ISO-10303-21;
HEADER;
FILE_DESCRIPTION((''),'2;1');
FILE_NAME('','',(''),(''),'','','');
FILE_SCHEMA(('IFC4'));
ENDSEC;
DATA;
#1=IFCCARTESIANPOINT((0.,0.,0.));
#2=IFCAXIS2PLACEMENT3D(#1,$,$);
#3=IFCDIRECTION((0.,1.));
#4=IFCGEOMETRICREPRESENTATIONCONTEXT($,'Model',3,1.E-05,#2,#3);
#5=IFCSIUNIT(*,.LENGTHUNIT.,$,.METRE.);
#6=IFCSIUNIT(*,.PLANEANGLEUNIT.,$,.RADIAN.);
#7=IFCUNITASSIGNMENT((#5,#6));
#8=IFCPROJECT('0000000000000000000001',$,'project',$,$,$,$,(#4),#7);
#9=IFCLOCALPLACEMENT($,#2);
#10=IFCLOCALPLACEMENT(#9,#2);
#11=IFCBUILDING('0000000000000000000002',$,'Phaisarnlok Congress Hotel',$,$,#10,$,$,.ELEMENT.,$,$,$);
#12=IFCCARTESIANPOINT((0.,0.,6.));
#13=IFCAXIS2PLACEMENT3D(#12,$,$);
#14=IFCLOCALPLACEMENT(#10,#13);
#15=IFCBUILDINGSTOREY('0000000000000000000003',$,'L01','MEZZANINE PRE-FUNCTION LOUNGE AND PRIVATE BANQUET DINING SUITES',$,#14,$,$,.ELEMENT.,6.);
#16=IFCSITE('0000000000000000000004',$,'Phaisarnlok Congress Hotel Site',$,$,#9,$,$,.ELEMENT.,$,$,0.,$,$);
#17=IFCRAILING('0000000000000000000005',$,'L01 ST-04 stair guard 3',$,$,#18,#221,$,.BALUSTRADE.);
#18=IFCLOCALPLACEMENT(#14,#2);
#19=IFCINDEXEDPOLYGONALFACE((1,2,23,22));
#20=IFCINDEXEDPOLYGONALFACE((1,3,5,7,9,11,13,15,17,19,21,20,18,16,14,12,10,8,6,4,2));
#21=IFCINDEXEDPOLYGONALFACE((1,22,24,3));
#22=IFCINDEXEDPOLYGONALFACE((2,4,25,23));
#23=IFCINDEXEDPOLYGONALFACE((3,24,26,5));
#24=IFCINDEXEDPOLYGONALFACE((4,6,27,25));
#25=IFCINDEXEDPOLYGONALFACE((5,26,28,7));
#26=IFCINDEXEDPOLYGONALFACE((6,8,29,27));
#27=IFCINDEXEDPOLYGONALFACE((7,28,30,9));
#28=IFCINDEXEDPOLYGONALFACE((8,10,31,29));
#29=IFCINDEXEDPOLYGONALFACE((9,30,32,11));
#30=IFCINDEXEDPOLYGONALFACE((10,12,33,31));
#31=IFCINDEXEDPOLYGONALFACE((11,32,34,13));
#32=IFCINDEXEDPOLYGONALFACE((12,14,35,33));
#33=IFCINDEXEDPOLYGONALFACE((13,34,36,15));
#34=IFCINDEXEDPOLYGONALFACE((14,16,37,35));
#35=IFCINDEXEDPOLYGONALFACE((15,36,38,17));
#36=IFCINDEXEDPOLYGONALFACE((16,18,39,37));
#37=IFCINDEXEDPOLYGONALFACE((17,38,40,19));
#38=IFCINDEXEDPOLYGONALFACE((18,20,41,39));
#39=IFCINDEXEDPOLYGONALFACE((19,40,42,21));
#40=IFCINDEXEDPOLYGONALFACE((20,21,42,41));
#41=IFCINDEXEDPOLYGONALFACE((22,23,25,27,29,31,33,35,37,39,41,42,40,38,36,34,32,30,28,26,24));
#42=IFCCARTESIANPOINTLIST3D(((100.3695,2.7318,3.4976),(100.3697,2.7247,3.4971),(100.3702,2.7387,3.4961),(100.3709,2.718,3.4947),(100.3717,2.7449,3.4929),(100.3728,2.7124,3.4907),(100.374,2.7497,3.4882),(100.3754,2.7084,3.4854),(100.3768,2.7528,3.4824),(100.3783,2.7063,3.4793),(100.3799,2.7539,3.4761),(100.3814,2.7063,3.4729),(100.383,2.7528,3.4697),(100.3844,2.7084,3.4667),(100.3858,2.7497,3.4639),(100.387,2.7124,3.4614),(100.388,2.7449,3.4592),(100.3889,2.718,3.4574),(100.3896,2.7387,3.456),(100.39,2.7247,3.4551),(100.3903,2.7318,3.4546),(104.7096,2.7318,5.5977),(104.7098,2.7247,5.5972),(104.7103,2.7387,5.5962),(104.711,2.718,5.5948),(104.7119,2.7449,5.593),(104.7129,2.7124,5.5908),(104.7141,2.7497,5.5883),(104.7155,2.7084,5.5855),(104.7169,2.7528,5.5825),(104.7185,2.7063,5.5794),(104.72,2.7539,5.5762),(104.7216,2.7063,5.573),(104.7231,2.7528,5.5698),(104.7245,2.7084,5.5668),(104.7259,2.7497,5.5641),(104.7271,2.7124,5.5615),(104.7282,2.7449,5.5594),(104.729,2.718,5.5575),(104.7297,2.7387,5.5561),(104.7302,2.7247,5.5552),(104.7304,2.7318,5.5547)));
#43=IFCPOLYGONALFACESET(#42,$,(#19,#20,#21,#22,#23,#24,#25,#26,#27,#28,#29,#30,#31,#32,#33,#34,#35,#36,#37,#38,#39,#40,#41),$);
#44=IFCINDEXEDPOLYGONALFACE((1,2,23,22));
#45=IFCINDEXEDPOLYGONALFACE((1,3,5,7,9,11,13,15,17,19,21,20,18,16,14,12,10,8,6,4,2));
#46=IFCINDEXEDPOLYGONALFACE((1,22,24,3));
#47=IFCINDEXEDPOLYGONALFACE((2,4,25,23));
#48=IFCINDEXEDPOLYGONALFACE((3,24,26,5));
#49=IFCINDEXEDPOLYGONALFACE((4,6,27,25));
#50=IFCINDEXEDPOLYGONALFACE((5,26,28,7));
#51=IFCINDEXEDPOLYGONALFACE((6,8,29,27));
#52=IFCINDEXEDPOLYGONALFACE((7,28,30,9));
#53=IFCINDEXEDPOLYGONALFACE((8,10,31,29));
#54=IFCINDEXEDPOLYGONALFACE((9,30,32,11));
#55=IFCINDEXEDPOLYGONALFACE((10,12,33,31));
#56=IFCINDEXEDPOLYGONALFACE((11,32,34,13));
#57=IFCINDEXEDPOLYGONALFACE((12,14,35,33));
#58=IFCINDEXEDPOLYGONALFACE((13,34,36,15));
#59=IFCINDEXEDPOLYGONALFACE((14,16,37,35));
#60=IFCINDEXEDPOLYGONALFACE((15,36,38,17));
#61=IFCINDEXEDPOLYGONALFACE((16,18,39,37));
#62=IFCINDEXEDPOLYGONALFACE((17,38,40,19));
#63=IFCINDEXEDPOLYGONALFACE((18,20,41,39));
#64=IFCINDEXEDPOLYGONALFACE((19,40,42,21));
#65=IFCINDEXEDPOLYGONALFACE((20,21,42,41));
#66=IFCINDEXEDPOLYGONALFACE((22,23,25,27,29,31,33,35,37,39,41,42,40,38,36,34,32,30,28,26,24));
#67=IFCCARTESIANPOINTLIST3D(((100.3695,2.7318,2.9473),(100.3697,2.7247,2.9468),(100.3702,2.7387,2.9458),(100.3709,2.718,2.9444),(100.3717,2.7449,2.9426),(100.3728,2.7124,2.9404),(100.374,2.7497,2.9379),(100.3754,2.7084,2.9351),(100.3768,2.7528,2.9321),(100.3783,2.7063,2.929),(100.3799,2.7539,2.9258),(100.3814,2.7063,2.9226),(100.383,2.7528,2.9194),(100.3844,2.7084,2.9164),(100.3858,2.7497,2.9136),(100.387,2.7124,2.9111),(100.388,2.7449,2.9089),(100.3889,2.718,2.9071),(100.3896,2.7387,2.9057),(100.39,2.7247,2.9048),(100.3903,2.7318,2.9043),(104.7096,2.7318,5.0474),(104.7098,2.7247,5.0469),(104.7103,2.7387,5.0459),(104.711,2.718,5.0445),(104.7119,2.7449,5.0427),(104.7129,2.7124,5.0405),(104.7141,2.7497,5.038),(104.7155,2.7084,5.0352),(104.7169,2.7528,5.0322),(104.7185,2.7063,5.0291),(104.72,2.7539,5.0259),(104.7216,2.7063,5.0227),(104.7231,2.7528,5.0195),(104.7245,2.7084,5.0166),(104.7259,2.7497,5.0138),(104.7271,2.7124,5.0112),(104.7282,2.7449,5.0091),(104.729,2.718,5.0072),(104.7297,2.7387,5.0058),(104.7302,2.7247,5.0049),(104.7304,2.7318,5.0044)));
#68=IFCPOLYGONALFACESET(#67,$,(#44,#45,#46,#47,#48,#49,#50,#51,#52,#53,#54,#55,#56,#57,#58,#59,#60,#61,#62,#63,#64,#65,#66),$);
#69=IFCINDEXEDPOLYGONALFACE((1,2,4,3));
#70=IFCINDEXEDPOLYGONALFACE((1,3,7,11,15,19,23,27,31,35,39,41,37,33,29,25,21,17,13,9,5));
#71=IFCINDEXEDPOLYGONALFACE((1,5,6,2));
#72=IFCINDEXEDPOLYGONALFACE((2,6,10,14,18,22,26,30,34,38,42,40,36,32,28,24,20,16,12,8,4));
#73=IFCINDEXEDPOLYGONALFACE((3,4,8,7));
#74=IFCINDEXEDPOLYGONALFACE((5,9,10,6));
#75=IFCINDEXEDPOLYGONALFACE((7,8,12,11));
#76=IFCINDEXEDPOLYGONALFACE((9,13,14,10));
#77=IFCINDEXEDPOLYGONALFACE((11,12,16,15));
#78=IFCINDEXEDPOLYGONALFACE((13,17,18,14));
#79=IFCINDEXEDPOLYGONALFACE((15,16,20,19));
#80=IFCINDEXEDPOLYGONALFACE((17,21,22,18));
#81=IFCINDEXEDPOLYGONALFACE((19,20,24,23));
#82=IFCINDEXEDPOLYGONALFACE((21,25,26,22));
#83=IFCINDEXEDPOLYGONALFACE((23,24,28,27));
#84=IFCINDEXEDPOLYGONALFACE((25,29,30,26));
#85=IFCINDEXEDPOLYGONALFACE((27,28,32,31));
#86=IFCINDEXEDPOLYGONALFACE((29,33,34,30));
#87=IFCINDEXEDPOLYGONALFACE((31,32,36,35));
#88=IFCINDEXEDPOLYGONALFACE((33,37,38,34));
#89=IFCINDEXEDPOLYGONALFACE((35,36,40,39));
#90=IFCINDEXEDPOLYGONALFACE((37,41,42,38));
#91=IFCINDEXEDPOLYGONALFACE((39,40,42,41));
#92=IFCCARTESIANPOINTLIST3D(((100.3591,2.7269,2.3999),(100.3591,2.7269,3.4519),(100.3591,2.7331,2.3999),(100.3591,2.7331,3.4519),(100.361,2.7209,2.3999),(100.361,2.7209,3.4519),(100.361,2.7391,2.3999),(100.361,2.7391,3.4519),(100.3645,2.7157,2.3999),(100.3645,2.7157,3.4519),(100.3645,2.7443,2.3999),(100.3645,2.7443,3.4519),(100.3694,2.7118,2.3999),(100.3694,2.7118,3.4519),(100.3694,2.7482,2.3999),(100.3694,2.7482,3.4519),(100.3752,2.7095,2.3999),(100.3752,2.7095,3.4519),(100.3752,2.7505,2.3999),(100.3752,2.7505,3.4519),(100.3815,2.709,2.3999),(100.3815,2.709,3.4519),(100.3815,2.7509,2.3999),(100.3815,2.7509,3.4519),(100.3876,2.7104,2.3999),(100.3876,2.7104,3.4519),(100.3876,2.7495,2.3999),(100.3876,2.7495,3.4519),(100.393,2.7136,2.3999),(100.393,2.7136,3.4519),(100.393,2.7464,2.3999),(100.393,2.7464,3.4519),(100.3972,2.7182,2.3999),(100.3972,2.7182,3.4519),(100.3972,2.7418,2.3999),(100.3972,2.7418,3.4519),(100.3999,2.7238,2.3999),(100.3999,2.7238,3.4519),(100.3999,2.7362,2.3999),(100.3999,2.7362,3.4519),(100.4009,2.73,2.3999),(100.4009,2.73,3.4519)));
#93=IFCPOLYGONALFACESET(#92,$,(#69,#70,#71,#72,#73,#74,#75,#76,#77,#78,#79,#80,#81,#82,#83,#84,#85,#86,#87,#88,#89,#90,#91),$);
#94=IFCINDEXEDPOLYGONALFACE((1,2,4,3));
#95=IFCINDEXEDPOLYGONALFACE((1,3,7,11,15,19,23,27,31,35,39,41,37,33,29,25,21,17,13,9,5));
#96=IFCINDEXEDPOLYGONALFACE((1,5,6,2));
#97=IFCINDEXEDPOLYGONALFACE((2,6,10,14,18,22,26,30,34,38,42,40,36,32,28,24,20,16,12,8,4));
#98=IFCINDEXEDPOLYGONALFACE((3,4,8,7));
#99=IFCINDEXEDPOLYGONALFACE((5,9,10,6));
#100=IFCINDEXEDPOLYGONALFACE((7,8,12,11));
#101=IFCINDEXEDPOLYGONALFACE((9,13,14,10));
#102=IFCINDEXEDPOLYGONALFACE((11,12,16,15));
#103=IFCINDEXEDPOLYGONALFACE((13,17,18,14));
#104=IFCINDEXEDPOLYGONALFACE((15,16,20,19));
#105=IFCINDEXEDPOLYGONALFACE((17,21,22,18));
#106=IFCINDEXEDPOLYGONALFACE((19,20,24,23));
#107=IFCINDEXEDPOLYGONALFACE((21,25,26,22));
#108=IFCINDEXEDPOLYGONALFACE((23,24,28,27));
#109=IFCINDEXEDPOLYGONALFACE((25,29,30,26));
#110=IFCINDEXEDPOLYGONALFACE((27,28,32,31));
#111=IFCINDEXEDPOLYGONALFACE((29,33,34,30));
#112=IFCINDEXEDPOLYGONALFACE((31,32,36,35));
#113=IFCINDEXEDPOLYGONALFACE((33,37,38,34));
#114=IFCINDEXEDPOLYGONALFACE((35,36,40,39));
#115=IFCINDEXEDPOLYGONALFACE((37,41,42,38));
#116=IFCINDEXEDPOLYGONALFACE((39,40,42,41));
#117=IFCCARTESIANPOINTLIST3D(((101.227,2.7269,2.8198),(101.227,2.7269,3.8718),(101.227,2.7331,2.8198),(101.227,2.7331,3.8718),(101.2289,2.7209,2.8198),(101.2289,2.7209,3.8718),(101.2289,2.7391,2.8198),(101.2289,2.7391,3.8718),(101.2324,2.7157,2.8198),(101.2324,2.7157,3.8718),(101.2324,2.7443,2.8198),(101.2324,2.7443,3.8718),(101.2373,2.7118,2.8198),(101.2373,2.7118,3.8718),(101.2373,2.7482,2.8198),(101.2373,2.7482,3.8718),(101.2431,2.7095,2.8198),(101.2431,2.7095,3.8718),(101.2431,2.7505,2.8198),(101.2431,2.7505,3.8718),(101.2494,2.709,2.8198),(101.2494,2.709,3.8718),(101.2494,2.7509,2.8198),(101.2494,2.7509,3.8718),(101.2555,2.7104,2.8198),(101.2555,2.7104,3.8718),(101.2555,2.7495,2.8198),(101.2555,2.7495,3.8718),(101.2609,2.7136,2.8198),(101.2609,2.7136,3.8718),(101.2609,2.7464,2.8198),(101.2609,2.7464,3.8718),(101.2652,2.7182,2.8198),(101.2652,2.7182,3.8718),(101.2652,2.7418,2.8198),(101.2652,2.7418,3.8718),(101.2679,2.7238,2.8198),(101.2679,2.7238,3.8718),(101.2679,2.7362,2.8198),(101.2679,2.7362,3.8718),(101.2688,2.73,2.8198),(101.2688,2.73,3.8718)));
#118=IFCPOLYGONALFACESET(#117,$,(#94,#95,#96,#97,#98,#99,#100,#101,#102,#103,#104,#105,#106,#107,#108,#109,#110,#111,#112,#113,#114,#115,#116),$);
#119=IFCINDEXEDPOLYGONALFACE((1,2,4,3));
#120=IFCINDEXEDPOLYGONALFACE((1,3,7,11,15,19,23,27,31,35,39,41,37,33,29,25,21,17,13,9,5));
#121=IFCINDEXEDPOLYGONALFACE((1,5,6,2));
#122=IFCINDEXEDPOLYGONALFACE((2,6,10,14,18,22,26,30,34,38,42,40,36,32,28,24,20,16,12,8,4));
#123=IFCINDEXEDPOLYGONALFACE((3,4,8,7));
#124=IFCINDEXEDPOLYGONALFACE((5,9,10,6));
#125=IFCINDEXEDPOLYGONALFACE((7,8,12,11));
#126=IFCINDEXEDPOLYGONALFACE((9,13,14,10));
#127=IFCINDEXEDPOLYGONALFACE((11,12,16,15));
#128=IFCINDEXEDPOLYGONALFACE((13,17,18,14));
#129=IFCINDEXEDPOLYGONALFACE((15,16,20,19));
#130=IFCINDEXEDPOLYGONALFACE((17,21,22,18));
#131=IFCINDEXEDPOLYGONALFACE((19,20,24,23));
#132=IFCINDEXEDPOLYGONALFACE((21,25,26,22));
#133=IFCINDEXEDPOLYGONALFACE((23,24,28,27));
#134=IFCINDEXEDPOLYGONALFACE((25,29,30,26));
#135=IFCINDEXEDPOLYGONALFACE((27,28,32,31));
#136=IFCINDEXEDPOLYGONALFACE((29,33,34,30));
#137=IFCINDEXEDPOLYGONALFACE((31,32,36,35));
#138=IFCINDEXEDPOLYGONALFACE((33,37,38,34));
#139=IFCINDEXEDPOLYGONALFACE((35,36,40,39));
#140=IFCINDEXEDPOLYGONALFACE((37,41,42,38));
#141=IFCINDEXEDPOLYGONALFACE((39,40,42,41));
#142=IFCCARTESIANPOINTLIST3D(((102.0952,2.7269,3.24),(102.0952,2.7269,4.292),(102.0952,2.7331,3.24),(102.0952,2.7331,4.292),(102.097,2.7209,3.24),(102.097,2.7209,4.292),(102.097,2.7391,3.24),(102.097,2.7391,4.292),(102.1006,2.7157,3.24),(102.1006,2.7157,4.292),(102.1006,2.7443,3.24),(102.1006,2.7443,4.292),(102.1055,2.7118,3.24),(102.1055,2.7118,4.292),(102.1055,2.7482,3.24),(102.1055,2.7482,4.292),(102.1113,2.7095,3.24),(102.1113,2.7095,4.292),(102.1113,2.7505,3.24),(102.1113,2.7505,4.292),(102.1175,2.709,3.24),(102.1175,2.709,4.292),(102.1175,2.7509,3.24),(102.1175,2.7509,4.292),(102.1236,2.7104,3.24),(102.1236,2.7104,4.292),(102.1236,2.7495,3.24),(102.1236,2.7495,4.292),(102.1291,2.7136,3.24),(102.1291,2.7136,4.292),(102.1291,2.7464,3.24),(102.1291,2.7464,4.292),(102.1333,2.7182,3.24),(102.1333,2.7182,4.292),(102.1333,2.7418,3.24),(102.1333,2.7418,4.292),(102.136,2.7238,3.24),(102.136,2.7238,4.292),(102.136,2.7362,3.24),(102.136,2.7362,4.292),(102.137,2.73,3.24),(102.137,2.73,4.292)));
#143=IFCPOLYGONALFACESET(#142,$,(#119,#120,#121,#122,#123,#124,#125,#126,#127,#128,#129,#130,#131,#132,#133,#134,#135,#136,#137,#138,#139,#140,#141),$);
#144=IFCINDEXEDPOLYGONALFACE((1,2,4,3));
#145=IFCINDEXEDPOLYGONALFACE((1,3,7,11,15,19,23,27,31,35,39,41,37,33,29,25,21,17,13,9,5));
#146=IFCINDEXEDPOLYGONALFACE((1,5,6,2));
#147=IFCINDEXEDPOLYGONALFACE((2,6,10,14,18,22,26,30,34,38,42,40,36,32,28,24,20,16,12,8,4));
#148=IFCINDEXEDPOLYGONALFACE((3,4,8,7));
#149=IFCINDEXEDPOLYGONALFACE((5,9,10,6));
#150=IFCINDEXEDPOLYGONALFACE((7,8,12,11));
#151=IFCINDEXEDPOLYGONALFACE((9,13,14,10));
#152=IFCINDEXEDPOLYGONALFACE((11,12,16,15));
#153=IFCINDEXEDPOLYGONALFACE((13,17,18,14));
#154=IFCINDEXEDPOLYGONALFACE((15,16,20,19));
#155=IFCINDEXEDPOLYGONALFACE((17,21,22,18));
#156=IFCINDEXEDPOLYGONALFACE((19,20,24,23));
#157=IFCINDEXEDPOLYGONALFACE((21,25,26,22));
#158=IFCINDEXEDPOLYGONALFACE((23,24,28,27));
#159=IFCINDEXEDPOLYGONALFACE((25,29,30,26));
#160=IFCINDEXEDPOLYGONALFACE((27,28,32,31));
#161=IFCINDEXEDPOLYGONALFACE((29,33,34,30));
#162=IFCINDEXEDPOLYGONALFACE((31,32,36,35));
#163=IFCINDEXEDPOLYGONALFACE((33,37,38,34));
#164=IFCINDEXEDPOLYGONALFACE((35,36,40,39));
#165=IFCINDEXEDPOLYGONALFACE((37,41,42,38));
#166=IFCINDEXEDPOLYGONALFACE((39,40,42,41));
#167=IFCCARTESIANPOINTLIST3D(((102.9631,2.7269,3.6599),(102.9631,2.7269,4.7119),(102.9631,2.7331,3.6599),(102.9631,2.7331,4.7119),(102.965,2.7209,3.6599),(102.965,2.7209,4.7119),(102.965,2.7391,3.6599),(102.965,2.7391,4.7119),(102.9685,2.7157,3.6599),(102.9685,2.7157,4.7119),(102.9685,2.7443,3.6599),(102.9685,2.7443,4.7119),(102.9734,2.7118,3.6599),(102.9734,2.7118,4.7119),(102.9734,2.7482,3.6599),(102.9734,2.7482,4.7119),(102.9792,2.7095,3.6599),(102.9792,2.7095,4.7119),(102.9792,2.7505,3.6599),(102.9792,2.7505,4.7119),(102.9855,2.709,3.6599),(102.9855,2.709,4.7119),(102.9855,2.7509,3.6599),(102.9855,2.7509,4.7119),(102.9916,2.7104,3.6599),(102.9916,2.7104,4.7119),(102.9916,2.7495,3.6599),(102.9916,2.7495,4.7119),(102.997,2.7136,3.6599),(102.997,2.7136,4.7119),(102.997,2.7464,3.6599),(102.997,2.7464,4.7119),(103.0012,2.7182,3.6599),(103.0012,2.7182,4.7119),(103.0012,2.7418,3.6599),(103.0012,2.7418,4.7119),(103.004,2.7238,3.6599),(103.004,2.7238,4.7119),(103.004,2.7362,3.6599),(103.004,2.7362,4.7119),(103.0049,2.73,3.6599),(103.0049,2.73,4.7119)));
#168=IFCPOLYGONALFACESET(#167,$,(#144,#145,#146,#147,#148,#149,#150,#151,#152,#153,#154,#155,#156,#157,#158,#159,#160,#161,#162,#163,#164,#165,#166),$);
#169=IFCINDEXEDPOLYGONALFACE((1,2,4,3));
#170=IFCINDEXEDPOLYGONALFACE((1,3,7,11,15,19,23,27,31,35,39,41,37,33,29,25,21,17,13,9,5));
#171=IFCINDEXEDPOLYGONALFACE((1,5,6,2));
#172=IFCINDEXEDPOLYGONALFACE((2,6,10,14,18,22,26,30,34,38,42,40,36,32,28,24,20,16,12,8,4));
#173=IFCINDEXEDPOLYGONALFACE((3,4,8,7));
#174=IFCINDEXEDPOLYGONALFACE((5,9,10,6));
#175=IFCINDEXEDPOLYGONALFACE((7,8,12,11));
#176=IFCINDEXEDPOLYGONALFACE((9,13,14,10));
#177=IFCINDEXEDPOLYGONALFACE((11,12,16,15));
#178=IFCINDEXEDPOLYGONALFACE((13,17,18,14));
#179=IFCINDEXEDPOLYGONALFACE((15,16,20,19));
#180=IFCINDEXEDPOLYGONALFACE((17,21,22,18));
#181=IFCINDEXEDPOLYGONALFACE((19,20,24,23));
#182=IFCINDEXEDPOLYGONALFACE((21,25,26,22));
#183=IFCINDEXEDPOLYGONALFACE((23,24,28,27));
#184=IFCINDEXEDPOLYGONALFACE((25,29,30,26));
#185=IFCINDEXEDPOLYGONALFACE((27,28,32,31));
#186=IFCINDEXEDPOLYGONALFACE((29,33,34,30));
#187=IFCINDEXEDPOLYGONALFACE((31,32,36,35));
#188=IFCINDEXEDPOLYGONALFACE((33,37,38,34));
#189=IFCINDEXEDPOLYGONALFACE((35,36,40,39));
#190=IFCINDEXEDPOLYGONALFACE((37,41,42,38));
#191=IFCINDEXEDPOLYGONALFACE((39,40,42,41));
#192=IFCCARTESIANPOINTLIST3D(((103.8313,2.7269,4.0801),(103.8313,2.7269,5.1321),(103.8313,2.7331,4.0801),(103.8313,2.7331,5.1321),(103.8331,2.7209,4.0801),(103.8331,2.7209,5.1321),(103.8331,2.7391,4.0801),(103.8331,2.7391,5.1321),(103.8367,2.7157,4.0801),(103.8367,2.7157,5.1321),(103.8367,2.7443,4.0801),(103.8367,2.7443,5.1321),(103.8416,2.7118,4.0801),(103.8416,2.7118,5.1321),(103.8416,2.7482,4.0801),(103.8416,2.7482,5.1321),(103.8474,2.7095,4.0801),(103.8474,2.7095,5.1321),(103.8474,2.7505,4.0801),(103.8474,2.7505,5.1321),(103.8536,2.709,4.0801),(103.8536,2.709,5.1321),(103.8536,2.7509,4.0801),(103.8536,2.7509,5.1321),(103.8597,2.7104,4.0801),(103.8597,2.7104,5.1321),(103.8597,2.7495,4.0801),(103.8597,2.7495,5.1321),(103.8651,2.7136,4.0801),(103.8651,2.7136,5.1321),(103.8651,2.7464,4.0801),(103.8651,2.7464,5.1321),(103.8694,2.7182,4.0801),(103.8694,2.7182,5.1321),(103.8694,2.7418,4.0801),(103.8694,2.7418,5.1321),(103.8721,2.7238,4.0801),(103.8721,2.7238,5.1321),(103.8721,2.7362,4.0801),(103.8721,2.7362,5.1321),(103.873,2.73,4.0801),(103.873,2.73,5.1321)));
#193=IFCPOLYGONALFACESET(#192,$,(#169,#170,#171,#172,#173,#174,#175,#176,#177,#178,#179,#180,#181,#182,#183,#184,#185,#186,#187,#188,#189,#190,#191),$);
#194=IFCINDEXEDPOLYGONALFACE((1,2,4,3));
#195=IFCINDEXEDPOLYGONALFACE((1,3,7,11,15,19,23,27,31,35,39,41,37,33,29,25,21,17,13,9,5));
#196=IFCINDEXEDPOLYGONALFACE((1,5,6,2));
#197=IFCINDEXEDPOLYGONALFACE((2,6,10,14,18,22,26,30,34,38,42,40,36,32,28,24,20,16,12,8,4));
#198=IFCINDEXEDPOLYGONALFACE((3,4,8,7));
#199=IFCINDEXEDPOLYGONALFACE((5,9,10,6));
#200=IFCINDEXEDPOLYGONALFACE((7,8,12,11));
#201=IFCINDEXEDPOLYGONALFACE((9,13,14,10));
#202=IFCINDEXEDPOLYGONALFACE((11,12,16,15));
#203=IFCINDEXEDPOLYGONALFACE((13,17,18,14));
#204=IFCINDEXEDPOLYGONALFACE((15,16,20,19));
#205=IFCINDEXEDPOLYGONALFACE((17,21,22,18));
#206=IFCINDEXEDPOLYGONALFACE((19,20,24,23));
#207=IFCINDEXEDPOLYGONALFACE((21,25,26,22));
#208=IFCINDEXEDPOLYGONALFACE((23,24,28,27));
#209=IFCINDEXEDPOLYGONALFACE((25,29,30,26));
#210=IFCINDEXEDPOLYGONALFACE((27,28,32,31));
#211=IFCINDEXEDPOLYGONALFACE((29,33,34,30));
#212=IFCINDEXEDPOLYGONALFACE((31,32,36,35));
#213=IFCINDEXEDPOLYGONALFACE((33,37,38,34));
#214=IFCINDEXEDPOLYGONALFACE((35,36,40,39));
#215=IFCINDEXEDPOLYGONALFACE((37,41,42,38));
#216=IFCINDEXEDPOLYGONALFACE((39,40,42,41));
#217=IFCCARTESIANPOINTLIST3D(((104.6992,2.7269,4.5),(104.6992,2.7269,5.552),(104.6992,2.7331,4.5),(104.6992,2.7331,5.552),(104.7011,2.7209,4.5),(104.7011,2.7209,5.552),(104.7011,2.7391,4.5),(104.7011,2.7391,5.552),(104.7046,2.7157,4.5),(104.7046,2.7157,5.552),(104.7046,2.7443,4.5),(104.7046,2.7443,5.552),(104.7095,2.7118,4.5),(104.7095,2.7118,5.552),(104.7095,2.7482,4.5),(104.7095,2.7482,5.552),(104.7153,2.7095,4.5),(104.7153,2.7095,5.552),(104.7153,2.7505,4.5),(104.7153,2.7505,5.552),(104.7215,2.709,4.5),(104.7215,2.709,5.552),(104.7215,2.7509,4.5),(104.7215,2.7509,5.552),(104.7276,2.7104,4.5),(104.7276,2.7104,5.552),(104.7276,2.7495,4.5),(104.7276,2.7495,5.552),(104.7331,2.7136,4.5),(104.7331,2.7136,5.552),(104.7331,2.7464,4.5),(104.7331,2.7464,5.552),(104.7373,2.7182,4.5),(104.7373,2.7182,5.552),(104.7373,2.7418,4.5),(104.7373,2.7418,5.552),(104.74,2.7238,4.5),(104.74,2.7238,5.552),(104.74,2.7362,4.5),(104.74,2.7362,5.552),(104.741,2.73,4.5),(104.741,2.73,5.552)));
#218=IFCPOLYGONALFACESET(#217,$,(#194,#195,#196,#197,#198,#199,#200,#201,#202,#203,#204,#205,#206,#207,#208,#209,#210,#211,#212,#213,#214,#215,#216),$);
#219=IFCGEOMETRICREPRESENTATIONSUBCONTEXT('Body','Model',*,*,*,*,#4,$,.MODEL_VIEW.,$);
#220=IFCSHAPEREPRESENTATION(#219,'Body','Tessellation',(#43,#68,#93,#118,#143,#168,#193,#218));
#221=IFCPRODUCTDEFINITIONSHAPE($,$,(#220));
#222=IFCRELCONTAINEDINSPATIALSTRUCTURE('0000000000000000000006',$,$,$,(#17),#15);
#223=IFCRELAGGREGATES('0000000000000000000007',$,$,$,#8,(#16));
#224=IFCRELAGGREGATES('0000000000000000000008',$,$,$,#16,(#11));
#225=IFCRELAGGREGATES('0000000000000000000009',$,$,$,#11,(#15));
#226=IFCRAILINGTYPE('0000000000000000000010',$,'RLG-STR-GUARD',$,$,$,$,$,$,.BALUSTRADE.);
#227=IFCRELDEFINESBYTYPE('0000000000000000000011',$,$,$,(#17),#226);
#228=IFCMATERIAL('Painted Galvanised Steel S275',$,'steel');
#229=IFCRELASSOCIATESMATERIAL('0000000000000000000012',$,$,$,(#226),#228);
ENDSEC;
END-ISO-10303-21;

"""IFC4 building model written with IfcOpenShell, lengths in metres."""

from ifc_helpers import new_model, si_unit, direction, frame, origin, origin_2d, place, context, subcontext, project, spatial, circle, extrude, material, type_object, element, save


model = new_model("IFC4")

# Units and contexts
model_context = context("Model", 3, precision=1e-05, world=origin(), true_north=direction((0.0, 1.0)))
body_context = subcontext(model_context, "Body", "Model", "MODEL_VIEW")
ifc_project = project(units=[si_unit("LENGTHUNIT", "METRE"), si_unit("PLANEANGLEUNIT", "RADIAN")], contexts=[model_context])

# Site, building, storey
site_placement = place(None, origin())
site = spatial("IfcSite", under=ifc_project, at=site_placement, Name="Phaisarnlok Congress Hotel Site", CompositionType="ELEMENT", RefElevation=0.0)
building_placement = place(site_placement, origin())
building = spatial("IfcBuilding", under=site, at=building_placement, Name="Phaisarnlok Congress Hotel", CompositionType="ELEMENT")
storey_placement = place(building_placement, frame((0.0, 0.0, 6.0)))
storey = spatial("IfcBuildingStorey", under=building, at=storey_placement, Name="L01", Description="MEZZANINE PRE-FUNCTION LOUNGE AND PRIVATE BANQUET DINING SUITES", CompositionType="ELEMENT", Elevation=6.0)

# Railing
ifc_material_1 = material(Name="Painted Galvanised Steel S275", Category="steel")
railing_type_1 = type_object("IfcRailingType", Name="RLG-STR-GUARD", PredefinedType="BALUSTRADE", material=ifc_material_1)
railing_1_placement = place(storey_placement, frame((100.3799, 2.73, 2.3999)))
element("IfcRailing", 1, at=railing_1_placement, inside=storey, type_object=railing_type_1, Name="L01 ST-04 stair guard 3", PredefinedType="BALUSTRADE", context=body_context, shape_type="SweptSolid", body=[
    extrude(circle(Radius=0.0239, at=origin_2d()), frame((0.0, 0.0, 1.0762), z_axis=(0.900155, 0.0, 0.43557), x_axis=(0.0, 1.0, 0.0)), (0.0, 0.0, 1.0), 4.8215),
    extrude(circle(Radius=0.0239, at=origin_2d()), frame((0.0, 0.0, 0.5259), z_axis=(0.900155, 0.0, 0.43557), x_axis=(0.0, 1.0, 0.0)), (0.0, 0.0, 1.0), 4.8215),
    extrude(circle(Radius=0.021, at=origin_2d()), origin(), (0.0, 0.0, 1.0), 1.052),
    extrude(circle(Radius=0.021, at=origin_2d()), frame((0.8679, 0.0, 0.4199)), (0.0, 0.0, 1.0), 1.052),
    extrude(circle(Radius=0.021, at=origin_2d()), frame((1.7361, 0.0, 0.8401)), (0.0, 0.0, 1.0), 1.052),
    extrude(circle(Radius=0.021, at=origin_2d()), frame((2.604, 0.0, 1.26)), (0.0, 0.0, 1.0), 1.052),
    extrude(circle(Radius=0.021, at=origin_2d()), frame((3.4722, 0.0, 1.6802)), (0.0, 0.0, 1.0), 1.052),
    extrude(circle(Radius=0.021, at=origin_2d()), frame((4.3401, 0.0, 2.1001)), (0.0, 0.0, 1.0), 1.052),
])

save(model, "model.ifc")
